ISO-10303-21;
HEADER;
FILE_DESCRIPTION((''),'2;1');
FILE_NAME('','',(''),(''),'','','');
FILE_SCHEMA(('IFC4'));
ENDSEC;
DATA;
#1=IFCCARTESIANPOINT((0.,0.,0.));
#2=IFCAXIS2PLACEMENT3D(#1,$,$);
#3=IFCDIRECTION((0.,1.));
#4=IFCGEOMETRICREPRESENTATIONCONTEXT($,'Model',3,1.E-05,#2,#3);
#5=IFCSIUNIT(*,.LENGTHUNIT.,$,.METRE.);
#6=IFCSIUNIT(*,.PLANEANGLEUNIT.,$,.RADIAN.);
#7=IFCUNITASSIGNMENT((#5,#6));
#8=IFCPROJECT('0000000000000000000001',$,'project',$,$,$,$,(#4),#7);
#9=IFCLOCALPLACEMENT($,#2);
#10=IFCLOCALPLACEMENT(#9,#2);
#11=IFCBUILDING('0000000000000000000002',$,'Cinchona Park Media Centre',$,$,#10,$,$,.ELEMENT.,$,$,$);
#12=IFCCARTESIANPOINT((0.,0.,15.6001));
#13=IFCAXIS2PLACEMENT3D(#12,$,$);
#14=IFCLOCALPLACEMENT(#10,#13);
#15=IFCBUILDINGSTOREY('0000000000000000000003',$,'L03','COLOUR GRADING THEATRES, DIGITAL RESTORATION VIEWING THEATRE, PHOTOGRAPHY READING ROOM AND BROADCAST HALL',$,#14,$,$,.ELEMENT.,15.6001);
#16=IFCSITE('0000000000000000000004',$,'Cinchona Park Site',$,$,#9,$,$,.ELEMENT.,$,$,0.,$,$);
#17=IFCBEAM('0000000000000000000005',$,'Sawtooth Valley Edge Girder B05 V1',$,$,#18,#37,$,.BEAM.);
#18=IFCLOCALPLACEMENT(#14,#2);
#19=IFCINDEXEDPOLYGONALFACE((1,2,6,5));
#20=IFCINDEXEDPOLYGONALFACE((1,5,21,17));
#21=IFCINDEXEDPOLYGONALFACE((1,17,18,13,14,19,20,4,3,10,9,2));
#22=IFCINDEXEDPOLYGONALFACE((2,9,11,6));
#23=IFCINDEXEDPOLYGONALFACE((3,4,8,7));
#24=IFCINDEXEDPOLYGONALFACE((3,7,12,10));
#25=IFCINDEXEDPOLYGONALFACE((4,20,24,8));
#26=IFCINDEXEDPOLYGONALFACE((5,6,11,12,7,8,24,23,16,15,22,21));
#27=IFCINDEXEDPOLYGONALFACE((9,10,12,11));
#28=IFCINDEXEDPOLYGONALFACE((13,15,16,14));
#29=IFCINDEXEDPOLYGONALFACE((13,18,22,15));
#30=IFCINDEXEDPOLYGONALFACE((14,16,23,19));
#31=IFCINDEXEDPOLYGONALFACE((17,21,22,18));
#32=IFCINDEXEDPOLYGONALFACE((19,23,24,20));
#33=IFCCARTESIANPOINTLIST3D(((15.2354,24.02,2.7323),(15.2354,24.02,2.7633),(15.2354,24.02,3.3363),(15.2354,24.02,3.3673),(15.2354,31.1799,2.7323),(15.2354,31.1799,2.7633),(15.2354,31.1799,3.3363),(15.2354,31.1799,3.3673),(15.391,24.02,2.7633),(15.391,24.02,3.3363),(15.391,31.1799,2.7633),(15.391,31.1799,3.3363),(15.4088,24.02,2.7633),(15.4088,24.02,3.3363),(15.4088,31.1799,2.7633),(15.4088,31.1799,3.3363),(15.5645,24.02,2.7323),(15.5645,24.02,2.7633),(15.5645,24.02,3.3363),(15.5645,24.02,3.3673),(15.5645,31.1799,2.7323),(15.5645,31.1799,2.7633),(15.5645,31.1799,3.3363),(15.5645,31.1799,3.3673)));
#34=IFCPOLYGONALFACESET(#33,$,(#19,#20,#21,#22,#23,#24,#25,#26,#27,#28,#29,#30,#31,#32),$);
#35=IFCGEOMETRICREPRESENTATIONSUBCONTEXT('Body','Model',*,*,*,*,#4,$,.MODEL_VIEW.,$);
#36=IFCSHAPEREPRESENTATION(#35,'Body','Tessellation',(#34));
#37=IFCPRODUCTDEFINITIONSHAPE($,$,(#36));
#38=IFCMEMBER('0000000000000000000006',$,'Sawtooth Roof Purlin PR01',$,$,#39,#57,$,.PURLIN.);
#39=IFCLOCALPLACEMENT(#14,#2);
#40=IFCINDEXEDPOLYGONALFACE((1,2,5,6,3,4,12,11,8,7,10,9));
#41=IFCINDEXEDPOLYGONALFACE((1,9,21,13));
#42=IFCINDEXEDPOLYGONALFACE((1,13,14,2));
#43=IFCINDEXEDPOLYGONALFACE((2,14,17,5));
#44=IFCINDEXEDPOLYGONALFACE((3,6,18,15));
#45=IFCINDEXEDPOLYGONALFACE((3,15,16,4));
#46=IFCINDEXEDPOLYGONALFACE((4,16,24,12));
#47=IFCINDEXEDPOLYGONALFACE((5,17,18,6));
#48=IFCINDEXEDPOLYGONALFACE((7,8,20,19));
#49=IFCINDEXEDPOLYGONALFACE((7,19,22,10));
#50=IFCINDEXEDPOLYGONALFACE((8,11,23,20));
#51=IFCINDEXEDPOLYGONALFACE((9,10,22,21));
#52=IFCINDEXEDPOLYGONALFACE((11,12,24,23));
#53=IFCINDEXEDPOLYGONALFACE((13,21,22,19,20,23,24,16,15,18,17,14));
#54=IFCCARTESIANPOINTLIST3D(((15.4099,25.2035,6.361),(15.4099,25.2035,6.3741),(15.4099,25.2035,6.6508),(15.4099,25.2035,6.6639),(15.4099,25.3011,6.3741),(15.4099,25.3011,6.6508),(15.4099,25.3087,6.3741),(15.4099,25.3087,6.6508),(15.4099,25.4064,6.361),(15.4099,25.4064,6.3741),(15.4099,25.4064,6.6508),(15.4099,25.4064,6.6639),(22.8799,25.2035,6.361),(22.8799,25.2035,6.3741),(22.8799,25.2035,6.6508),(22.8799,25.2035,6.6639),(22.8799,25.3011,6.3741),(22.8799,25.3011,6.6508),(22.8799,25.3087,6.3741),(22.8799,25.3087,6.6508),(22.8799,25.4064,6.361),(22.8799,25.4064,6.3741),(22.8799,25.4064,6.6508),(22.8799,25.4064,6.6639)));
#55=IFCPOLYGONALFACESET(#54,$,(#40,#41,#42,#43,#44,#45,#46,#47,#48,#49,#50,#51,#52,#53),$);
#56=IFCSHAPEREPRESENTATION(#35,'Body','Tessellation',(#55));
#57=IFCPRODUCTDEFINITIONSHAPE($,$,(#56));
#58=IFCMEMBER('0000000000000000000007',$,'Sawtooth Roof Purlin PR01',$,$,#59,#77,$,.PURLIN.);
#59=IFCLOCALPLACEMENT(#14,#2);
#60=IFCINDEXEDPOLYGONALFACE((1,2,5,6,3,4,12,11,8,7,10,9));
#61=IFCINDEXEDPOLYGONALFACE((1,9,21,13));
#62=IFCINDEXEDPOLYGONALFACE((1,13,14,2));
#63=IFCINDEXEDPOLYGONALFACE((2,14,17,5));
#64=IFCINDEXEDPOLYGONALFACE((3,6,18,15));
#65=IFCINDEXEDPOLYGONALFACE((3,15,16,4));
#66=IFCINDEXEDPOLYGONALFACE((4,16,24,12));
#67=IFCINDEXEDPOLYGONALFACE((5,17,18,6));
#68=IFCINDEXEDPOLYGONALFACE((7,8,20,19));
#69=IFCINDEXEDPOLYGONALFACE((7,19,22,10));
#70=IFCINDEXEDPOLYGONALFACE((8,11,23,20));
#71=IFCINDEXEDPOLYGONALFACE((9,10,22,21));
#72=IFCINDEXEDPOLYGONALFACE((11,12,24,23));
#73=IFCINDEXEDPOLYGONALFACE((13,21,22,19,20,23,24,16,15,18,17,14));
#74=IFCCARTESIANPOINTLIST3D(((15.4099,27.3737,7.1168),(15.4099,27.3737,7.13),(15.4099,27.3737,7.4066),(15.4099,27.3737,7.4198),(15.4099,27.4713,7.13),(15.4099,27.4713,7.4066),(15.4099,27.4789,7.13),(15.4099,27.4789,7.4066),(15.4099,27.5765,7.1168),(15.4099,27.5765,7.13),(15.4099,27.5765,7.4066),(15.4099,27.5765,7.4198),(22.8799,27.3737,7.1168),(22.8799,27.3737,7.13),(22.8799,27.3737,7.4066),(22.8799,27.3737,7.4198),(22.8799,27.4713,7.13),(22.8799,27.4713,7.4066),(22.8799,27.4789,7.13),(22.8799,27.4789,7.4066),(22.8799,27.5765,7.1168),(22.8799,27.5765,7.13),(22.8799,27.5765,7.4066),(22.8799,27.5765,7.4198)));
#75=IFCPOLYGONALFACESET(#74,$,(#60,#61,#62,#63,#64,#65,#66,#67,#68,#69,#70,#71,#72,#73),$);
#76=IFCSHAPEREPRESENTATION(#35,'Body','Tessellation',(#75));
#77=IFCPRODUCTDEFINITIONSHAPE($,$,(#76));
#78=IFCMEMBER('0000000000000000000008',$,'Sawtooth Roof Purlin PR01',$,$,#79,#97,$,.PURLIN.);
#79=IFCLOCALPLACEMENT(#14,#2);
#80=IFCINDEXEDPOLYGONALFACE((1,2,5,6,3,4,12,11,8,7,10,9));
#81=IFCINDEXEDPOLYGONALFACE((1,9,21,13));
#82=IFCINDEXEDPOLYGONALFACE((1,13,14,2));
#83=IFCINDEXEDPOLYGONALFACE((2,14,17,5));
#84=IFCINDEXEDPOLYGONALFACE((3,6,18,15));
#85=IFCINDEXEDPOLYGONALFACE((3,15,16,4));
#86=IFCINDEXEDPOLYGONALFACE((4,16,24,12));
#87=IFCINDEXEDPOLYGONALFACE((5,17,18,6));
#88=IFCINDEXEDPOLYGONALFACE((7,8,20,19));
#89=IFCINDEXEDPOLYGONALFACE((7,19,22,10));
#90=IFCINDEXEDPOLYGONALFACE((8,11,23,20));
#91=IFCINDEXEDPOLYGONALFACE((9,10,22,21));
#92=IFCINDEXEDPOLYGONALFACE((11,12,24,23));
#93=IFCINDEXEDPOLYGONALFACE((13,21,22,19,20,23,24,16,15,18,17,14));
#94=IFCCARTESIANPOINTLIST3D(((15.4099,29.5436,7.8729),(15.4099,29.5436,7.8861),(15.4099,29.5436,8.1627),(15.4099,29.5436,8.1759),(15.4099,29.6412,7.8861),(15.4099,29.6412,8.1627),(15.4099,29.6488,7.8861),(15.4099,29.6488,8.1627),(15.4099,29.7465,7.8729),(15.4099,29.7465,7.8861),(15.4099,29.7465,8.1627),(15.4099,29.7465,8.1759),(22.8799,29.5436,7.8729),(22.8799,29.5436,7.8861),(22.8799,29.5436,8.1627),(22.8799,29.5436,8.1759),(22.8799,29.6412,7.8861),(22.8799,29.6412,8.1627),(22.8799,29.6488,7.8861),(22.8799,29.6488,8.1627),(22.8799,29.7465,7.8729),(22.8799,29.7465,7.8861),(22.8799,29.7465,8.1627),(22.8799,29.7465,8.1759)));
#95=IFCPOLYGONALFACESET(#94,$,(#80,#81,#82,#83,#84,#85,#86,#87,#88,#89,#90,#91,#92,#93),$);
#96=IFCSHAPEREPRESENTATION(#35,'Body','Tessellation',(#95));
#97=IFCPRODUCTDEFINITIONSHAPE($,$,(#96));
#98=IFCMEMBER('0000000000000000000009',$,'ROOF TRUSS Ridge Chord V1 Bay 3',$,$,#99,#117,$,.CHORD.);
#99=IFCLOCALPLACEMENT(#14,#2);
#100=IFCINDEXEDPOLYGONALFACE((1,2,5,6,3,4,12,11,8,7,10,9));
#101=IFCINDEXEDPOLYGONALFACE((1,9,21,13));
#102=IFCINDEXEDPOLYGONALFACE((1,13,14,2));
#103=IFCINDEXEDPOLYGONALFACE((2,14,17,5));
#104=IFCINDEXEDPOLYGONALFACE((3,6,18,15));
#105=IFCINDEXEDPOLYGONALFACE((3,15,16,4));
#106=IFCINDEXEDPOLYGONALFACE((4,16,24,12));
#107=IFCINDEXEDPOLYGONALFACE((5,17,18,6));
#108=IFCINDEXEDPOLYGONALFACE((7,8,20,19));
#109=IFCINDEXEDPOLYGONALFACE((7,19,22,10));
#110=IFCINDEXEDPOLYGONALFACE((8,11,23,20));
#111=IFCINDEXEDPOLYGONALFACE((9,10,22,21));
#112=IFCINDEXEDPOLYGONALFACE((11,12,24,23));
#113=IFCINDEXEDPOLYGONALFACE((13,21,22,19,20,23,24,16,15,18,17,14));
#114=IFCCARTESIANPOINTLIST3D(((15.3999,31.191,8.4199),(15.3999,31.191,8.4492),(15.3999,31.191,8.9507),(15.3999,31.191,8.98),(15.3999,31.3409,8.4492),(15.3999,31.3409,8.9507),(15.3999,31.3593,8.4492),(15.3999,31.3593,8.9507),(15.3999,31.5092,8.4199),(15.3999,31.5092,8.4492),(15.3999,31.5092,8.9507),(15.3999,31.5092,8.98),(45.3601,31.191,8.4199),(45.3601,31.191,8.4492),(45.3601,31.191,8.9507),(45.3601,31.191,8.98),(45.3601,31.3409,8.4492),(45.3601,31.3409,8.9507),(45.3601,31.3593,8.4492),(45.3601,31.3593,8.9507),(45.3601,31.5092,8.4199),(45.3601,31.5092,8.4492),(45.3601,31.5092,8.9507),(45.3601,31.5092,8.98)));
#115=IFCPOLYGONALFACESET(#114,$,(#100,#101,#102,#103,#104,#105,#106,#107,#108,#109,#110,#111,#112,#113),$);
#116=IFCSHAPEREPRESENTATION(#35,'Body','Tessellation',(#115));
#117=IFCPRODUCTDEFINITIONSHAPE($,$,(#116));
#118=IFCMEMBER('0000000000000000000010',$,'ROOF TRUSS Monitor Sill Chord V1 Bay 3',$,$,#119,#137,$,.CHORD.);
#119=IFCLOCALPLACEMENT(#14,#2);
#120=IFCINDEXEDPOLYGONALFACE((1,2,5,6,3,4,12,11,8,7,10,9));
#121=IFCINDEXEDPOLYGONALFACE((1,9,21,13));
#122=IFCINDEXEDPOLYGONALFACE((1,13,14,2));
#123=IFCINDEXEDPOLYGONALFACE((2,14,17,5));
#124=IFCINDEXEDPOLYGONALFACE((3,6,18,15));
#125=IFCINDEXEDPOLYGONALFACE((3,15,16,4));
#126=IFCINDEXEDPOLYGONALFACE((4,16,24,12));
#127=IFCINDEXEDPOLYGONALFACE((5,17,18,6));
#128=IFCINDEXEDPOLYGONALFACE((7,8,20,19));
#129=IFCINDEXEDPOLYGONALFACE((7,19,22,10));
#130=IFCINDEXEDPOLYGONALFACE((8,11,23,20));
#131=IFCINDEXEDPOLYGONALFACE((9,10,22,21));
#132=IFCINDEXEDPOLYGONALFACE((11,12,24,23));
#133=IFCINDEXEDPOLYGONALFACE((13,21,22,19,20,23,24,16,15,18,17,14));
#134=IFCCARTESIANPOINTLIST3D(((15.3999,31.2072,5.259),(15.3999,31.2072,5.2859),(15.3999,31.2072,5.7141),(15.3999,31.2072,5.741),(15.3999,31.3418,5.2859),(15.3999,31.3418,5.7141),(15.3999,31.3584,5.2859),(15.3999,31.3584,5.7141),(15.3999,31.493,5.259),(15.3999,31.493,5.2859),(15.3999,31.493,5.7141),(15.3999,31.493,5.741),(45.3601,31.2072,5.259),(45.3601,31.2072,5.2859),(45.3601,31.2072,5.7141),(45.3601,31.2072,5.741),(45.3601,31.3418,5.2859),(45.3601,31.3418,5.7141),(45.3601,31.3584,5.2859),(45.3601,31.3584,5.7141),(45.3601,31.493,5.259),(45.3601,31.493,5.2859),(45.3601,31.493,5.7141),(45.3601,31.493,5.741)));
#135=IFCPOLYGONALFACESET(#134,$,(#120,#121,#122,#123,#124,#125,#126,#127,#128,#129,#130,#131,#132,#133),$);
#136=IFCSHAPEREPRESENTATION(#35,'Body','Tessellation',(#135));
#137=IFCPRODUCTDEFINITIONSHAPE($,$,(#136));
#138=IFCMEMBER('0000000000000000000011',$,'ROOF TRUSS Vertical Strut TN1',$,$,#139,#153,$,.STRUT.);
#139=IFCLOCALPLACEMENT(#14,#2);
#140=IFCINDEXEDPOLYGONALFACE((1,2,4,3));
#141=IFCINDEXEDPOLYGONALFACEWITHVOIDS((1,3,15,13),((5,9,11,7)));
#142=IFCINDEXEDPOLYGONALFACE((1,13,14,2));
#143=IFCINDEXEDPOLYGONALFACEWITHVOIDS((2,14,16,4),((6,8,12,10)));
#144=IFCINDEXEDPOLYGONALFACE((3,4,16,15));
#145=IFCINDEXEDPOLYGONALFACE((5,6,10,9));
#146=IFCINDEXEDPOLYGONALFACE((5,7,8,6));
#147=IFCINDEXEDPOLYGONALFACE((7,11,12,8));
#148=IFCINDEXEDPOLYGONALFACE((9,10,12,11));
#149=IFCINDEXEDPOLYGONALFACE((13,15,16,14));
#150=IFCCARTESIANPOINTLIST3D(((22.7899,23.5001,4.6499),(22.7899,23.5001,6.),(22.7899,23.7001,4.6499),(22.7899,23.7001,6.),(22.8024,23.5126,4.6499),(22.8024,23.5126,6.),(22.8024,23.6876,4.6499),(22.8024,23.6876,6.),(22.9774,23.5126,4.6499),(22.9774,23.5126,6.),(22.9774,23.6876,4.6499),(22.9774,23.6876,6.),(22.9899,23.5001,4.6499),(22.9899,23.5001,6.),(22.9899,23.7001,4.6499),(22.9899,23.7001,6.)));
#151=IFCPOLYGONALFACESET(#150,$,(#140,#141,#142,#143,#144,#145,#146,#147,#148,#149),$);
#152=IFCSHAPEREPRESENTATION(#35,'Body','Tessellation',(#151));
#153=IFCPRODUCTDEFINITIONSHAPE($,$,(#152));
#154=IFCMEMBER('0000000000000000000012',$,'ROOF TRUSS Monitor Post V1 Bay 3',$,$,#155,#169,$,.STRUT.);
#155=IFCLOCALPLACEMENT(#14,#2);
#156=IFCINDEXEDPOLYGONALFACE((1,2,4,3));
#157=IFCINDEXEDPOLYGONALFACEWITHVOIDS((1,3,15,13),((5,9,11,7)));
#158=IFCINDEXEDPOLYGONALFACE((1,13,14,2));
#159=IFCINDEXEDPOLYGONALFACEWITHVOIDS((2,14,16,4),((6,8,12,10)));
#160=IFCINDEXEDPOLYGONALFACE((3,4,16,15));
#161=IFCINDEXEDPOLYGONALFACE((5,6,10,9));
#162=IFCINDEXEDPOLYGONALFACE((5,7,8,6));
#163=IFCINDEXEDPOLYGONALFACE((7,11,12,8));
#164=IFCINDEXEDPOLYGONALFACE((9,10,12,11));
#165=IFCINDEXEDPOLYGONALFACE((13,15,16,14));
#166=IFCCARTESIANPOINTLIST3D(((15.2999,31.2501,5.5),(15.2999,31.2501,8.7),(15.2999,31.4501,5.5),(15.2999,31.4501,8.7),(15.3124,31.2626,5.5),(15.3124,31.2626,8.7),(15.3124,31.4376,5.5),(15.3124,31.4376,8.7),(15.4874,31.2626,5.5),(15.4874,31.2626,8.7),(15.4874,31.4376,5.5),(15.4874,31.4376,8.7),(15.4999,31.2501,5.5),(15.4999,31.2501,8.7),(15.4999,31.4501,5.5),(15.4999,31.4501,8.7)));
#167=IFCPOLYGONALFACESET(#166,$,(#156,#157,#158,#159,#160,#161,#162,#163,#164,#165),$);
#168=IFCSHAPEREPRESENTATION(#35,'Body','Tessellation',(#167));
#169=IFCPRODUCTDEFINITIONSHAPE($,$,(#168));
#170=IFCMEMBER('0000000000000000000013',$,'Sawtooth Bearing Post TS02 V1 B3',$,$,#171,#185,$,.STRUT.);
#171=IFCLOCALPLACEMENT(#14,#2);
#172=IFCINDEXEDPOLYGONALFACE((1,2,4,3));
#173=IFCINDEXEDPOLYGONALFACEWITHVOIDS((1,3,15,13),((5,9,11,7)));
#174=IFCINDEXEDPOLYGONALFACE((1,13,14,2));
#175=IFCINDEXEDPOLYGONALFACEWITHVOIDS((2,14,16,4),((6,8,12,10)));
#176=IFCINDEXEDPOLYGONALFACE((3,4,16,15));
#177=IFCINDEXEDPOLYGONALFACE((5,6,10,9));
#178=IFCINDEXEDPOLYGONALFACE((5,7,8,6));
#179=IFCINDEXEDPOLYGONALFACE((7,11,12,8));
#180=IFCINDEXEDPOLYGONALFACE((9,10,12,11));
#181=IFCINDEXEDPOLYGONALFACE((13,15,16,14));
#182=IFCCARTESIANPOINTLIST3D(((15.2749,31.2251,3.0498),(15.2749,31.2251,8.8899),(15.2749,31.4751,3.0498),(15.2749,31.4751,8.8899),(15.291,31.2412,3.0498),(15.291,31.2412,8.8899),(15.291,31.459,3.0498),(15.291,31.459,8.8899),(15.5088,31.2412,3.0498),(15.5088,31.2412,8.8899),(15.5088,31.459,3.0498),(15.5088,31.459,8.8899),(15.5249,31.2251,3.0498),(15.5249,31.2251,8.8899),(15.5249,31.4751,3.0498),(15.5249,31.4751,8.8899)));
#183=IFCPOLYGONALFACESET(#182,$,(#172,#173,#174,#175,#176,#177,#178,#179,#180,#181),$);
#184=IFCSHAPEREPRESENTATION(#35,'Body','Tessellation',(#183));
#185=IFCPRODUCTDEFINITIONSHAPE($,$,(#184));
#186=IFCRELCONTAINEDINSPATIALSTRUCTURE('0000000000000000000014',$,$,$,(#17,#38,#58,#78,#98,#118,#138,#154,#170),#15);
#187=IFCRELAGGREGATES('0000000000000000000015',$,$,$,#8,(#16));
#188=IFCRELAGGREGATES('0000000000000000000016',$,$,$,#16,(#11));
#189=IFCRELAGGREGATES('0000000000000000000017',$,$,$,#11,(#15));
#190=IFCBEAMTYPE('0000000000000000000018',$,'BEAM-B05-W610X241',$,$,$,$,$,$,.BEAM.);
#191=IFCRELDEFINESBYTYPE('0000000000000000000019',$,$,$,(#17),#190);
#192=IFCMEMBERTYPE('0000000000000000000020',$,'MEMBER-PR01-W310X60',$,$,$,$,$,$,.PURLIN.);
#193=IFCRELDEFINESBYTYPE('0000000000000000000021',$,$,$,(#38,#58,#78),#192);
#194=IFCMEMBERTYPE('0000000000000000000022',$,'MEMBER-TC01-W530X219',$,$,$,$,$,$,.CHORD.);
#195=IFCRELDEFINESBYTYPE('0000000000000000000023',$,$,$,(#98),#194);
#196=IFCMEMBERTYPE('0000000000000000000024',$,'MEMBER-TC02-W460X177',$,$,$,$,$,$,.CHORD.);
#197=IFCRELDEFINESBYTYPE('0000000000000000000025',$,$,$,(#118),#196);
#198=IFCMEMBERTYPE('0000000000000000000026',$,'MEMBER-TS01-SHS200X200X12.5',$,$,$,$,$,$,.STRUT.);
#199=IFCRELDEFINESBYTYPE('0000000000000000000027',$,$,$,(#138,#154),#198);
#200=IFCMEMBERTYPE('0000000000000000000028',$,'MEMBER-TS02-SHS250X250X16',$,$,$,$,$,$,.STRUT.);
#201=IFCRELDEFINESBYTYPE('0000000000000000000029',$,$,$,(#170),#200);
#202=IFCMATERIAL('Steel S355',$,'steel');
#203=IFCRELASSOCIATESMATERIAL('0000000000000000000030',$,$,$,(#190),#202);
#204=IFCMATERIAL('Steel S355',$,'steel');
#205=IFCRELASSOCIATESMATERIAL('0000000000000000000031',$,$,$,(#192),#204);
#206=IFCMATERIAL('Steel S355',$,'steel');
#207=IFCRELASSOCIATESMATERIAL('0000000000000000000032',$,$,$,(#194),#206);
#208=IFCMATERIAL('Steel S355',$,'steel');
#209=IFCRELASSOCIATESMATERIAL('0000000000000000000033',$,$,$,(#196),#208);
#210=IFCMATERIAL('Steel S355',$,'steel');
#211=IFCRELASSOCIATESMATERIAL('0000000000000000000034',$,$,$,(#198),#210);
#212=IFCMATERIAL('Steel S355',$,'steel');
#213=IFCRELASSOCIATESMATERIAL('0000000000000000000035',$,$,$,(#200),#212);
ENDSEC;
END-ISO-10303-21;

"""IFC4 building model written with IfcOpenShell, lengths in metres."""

from ifc_helpers import new_model, si_unit, direction, frame, origin, origin_2d, place, context, subcontext, project, spatial, hollow_rectangle, i_section, extrude, material, material_profile, profile_set, type_object, element, save


model = new_model("IFC4")

# Units and contexts
model_context = context("Model", 3, precision=1e-05, world=origin(), true_north=direction((0.0, 1.0)))
body_context = subcontext(model_context, "Body", "Model", "MODEL_VIEW")
ifc_project = project(units=[si_unit("LENGTHUNIT", "METRE"), si_unit("PLANEANGLEUNIT", "RADIAN")], contexts=[model_context])

# Site, building, storey
site_placement = place(None, origin())
site = spatial("IfcSite", under=ifc_project, at=site_placement, Name="Cinchona Park Site", CompositionType="ELEMENT", RefElevation=0.0)
building_placement = place(site_placement, origin())
building = spatial("IfcBuilding", under=site, at=building_placement, Name="Cinchona Park Media Centre", CompositionType="ELEMENT")
storey_placement = place(building_placement, frame((0.0, 0.0, 15.6001)))
storey = spatial("IfcBuildingStorey", under=building, at=storey_placement, Name="L03", Description="COLOUR GRADING THEATRES, DIGITAL RESTORATION VIEWING THEATRE, PHOTOGRAPHY READING ROOM AND BROADCAST HALL", CompositionType="ELEMENT", Elevation=15.6001)

# Beam
ifc_material_1 = material(Name="Steel S355", Category="steel")
ifc_material_profile_1 = material_profile(ifc_material_1, i_section(OverallWidth=0.3291, OverallDepth=0.635, WebThickness=0.0178, FlangeThickness=0.031, at=origin_2d()), Name="W610X241")
ifc_profile_set_1 = profile_set([ifc_material_profile_1], Name="Steel S355")
beam_type = type_object("IfcBeamType", Name="BEAM-B05-W610X241", PredefinedType="BEAM", material=ifc_profile_set_1)
beam_placement = place(storey_placement, frame((15.3999, 24.02, 3.0498), z_axis=(0.0, 1.0, 0.0), x_axis=(-1.0, 0.0, 0.0)))
element("IfcBeam", 1, at=beam_placement, inside=storey, type_object=beam_type, Name="Sawtooth Valley Edge Girder B05 V1", PredefinedType="BEAM", context=body_context, shape_type="SweptSolid", body=[
    extrude(i_section(OverallWidth=0.3291, OverallDepth=0.635, WebThickness=0.0178, FlangeThickness=0.031, at=origin_2d()), origin(), (0.0, 0.0, 1.0), 7.1599),
])

# Members
ifc_material_2 = material(Name="Steel S355", Category="steel")
ifc_material_profile_2 = material_profile(ifc_material_2, i_section(OverallWidth=0.2029, OverallDepth=0.303, WebThickness=0.0076, FlangeThickness=0.0132, at=origin_2d()), Name="W310X60")
ifc_profile_set_2 = profile_set([ifc_material_profile_2], Name="Steel S355")
member_type_1 = type_object("IfcMemberType", Name="MEMBER-PR01-W310X60", PredefinedType="PURLIN", material=ifc_profile_set_2)
for number, where, z_axis, x_axis, name in (
    (2, (15.4099, 25.3049, 6.5125), (1.0, 0.0, 0.0), (0.0, 1.0, 0.0), "Sawtooth Roof Purlin PR01"),
    (3, (15.4099, 27.4751, 7.2683), (1.0, 0.0, 0.0), (0.0, 1.0, 0.0), "Sawtooth Roof Purlin PR01"),
    (4, (15.4099, 29.645, 8.0244), (1.0, 0.0, 0.0), (0.0, 1.0, 0.0), "Sawtooth Roof Purlin PR01"),
):
    element("IfcMember", number, at=place(storey_placement, frame(where, z_axis=z_axis, x_axis=x_axis)), inside=storey, type_object=member_type_1, Name=name, PredefinedType="PURLIN", context=body_context, shape_type="SweptSolid", body=[
        extrude(i_section(OverallWidth=0.2029, OverallDepth=0.303, WebThickness=0.0076, FlangeThickness=0.0132, at=origin_2d()), origin(), (0.0, 0.0, 1.0), 7.47),
    ])
ifc_material_3 = material(Name="Steel S355", Category="steel")
ifc_material_profile_3 = material_profile(ifc_material_3, i_section(OverallWidth=0.3181, OverallDepth=0.5601, WebThickness=0.0183, FlangeThickness=0.0293, at=origin_2d()), Name="W530X219")
ifc_profile_set_3 = profile_set([ifc_material_profile_3], Name="Steel S355")
member_type_2 = type_object("IfcMemberType", Name="MEMBER-TC01-W530X219", PredefinedType="CHORD", material=ifc_profile_set_3)
member_1_placement = place(storey_placement, frame((15.3999, 31.3501, 8.7), z_axis=(1.0, 0.0, 0.0), x_axis=(0.0, 1.0, 0.0)))
element("IfcMember", 5, at=member_1_placement, inside=storey, type_object=member_type_2, Name="ROOF TRUSS Ridge Chord V1 Bay 3", PredefinedType="CHORD", context=body_context, shape_type="SweptSolid", body=[
    extrude(i_section(OverallWidth=0.3181, OverallDepth=0.5601, WebThickness=0.0183, FlangeThickness=0.0293, at=origin_2d()), origin(), (0.0, 0.0, 1.0), 29.9602),
])
ifc_material_4 = material(Name="Steel S355", Category="steel")
ifc_material_profile_4 = material_profile(ifc_material_4, i_section(OverallWidth=0.2859, OverallDepth=0.4819, WebThickness=0.0166, FlangeThickness=0.0269, at=origin_2d()), Name="W460X177")
ifc_profile_set_4 = profile_set([ifc_material_profile_4], Name="Steel S355")
member_type_3 = type_object("IfcMemberType", Name="MEMBER-TC02-W460X177", PredefinedType="CHORD", material=ifc_profile_set_4)
member_2_placement = place(storey_placement, frame((15.3999, 31.3501, 5.5), z_axis=(1.0, 0.0, 0.0), x_axis=(0.0, 1.0, 0.0)))
element("IfcMember", 6, at=member_2_placement, inside=storey, type_object=member_type_3, Name="ROOF TRUSS Monitor Sill Chord V1 Bay 3", PredefinedType="CHORD", context=body_context, shape_type="SweptSolid", body=[
    extrude(i_section(OverallWidth=0.2859, OverallDepth=0.4819, WebThickness=0.0166, FlangeThickness=0.0269, at=origin_2d()), origin(), (0.0, 0.0, 1.0), 29.9602),
])
ifc_material_5 = material(Name="Steel S355", Category="steel")
ifc_material_profile_5 = material_profile(ifc_material_5, hollow_rectangle(XDim=0.2, YDim=0.2, WallThickness=0.0125, at=origin_2d()), Name="200X200X12.5SHS")
ifc_profile_set_5 = profile_set([ifc_material_profile_5], Name="Steel S355")
member_type_4 = type_object("IfcMemberType", Name="MEMBER-TS01-SHS200X200X12.5", PredefinedType="STRUT", material=ifc_profile_set_5)
member_3_placement = place(storey_placement, frame((22.8899, 23.6001, 4.6499), z_axis=(0.0, 0.0, 1.0), x_axis=(1.0, 0.0, 0.0)))
element("IfcMember", 7, at=member_3_placement, inside=storey, type_object=member_type_4, Name="ROOF TRUSS Vertical Strut TN1", PredefinedType="STRUT", context=body_context, shape_type="SweptSolid", body=[
    extrude(hollow_rectangle(XDim=0.2, YDim=0.2, WallThickness=0.0125, at=origin_2d()), origin(), (0.0, 0.0, 1.0), 1.3501),
])
member_4_placement = place(storey_placement, frame((15.3999, 31.3501, 5.5), z_axis=(0.0, 0.0, 1.0), x_axis=(1.0, 0.0, 0.0)))
element("IfcMember", 8, at=member_4_placement, inside=storey, type_object=member_type_4, Name="ROOF TRUSS Monitor Post V1 Bay 3", PredefinedType="STRUT", context=body_context, shape_type="SweptSolid", body=[
    extrude(hollow_rectangle(XDim=0.2, YDim=0.2, WallThickness=0.0125, at=origin_2d()), origin(), (0.0, 0.0, 1.0), 3.2),
])
ifc_material_6 = material(Name="Steel S355", Category="steel")
ifc_material_profile_6 = material_profile(ifc_material_6, hollow_rectangle(XDim=0.25, YDim=0.25, WallThickness=0.0161, at=origin_2d()), Name="250X250X16SHS")
ifc_profile_set_6 = profile_set([ifc_material_profile_6], Name="Steel S355")
member_type_5 = type_object("IfcMemberType", Name="MEMBER-TS02-SHS250X250X16", PredefinedType="STRUT", material=ifc_profile_set_6)
member_5_placement = place(storey_placement, frame((15.3999, 31.3501, 3.0498), z_axis=(0.0, 0.0, 1.0), x_axis=(1.0, 0.0, 0.0)))
element("IfcMember", 9, at=member_5_placement, inside=storey, type_object=member_type_5, Name="Sawtooth Bearing Post TS02 V1 B3", PredefinedType="STRUT", context=body_context, shape_type="SweptSolid", body=[
    extrude(hollow_rectangle(XDim=0.25, YDim=0.25, WallThickness=0.0161, at=origin_2d()), origin(), (0.0, 0.0, 1.0), 5.8401),
])

save(model, "model.ifc")
